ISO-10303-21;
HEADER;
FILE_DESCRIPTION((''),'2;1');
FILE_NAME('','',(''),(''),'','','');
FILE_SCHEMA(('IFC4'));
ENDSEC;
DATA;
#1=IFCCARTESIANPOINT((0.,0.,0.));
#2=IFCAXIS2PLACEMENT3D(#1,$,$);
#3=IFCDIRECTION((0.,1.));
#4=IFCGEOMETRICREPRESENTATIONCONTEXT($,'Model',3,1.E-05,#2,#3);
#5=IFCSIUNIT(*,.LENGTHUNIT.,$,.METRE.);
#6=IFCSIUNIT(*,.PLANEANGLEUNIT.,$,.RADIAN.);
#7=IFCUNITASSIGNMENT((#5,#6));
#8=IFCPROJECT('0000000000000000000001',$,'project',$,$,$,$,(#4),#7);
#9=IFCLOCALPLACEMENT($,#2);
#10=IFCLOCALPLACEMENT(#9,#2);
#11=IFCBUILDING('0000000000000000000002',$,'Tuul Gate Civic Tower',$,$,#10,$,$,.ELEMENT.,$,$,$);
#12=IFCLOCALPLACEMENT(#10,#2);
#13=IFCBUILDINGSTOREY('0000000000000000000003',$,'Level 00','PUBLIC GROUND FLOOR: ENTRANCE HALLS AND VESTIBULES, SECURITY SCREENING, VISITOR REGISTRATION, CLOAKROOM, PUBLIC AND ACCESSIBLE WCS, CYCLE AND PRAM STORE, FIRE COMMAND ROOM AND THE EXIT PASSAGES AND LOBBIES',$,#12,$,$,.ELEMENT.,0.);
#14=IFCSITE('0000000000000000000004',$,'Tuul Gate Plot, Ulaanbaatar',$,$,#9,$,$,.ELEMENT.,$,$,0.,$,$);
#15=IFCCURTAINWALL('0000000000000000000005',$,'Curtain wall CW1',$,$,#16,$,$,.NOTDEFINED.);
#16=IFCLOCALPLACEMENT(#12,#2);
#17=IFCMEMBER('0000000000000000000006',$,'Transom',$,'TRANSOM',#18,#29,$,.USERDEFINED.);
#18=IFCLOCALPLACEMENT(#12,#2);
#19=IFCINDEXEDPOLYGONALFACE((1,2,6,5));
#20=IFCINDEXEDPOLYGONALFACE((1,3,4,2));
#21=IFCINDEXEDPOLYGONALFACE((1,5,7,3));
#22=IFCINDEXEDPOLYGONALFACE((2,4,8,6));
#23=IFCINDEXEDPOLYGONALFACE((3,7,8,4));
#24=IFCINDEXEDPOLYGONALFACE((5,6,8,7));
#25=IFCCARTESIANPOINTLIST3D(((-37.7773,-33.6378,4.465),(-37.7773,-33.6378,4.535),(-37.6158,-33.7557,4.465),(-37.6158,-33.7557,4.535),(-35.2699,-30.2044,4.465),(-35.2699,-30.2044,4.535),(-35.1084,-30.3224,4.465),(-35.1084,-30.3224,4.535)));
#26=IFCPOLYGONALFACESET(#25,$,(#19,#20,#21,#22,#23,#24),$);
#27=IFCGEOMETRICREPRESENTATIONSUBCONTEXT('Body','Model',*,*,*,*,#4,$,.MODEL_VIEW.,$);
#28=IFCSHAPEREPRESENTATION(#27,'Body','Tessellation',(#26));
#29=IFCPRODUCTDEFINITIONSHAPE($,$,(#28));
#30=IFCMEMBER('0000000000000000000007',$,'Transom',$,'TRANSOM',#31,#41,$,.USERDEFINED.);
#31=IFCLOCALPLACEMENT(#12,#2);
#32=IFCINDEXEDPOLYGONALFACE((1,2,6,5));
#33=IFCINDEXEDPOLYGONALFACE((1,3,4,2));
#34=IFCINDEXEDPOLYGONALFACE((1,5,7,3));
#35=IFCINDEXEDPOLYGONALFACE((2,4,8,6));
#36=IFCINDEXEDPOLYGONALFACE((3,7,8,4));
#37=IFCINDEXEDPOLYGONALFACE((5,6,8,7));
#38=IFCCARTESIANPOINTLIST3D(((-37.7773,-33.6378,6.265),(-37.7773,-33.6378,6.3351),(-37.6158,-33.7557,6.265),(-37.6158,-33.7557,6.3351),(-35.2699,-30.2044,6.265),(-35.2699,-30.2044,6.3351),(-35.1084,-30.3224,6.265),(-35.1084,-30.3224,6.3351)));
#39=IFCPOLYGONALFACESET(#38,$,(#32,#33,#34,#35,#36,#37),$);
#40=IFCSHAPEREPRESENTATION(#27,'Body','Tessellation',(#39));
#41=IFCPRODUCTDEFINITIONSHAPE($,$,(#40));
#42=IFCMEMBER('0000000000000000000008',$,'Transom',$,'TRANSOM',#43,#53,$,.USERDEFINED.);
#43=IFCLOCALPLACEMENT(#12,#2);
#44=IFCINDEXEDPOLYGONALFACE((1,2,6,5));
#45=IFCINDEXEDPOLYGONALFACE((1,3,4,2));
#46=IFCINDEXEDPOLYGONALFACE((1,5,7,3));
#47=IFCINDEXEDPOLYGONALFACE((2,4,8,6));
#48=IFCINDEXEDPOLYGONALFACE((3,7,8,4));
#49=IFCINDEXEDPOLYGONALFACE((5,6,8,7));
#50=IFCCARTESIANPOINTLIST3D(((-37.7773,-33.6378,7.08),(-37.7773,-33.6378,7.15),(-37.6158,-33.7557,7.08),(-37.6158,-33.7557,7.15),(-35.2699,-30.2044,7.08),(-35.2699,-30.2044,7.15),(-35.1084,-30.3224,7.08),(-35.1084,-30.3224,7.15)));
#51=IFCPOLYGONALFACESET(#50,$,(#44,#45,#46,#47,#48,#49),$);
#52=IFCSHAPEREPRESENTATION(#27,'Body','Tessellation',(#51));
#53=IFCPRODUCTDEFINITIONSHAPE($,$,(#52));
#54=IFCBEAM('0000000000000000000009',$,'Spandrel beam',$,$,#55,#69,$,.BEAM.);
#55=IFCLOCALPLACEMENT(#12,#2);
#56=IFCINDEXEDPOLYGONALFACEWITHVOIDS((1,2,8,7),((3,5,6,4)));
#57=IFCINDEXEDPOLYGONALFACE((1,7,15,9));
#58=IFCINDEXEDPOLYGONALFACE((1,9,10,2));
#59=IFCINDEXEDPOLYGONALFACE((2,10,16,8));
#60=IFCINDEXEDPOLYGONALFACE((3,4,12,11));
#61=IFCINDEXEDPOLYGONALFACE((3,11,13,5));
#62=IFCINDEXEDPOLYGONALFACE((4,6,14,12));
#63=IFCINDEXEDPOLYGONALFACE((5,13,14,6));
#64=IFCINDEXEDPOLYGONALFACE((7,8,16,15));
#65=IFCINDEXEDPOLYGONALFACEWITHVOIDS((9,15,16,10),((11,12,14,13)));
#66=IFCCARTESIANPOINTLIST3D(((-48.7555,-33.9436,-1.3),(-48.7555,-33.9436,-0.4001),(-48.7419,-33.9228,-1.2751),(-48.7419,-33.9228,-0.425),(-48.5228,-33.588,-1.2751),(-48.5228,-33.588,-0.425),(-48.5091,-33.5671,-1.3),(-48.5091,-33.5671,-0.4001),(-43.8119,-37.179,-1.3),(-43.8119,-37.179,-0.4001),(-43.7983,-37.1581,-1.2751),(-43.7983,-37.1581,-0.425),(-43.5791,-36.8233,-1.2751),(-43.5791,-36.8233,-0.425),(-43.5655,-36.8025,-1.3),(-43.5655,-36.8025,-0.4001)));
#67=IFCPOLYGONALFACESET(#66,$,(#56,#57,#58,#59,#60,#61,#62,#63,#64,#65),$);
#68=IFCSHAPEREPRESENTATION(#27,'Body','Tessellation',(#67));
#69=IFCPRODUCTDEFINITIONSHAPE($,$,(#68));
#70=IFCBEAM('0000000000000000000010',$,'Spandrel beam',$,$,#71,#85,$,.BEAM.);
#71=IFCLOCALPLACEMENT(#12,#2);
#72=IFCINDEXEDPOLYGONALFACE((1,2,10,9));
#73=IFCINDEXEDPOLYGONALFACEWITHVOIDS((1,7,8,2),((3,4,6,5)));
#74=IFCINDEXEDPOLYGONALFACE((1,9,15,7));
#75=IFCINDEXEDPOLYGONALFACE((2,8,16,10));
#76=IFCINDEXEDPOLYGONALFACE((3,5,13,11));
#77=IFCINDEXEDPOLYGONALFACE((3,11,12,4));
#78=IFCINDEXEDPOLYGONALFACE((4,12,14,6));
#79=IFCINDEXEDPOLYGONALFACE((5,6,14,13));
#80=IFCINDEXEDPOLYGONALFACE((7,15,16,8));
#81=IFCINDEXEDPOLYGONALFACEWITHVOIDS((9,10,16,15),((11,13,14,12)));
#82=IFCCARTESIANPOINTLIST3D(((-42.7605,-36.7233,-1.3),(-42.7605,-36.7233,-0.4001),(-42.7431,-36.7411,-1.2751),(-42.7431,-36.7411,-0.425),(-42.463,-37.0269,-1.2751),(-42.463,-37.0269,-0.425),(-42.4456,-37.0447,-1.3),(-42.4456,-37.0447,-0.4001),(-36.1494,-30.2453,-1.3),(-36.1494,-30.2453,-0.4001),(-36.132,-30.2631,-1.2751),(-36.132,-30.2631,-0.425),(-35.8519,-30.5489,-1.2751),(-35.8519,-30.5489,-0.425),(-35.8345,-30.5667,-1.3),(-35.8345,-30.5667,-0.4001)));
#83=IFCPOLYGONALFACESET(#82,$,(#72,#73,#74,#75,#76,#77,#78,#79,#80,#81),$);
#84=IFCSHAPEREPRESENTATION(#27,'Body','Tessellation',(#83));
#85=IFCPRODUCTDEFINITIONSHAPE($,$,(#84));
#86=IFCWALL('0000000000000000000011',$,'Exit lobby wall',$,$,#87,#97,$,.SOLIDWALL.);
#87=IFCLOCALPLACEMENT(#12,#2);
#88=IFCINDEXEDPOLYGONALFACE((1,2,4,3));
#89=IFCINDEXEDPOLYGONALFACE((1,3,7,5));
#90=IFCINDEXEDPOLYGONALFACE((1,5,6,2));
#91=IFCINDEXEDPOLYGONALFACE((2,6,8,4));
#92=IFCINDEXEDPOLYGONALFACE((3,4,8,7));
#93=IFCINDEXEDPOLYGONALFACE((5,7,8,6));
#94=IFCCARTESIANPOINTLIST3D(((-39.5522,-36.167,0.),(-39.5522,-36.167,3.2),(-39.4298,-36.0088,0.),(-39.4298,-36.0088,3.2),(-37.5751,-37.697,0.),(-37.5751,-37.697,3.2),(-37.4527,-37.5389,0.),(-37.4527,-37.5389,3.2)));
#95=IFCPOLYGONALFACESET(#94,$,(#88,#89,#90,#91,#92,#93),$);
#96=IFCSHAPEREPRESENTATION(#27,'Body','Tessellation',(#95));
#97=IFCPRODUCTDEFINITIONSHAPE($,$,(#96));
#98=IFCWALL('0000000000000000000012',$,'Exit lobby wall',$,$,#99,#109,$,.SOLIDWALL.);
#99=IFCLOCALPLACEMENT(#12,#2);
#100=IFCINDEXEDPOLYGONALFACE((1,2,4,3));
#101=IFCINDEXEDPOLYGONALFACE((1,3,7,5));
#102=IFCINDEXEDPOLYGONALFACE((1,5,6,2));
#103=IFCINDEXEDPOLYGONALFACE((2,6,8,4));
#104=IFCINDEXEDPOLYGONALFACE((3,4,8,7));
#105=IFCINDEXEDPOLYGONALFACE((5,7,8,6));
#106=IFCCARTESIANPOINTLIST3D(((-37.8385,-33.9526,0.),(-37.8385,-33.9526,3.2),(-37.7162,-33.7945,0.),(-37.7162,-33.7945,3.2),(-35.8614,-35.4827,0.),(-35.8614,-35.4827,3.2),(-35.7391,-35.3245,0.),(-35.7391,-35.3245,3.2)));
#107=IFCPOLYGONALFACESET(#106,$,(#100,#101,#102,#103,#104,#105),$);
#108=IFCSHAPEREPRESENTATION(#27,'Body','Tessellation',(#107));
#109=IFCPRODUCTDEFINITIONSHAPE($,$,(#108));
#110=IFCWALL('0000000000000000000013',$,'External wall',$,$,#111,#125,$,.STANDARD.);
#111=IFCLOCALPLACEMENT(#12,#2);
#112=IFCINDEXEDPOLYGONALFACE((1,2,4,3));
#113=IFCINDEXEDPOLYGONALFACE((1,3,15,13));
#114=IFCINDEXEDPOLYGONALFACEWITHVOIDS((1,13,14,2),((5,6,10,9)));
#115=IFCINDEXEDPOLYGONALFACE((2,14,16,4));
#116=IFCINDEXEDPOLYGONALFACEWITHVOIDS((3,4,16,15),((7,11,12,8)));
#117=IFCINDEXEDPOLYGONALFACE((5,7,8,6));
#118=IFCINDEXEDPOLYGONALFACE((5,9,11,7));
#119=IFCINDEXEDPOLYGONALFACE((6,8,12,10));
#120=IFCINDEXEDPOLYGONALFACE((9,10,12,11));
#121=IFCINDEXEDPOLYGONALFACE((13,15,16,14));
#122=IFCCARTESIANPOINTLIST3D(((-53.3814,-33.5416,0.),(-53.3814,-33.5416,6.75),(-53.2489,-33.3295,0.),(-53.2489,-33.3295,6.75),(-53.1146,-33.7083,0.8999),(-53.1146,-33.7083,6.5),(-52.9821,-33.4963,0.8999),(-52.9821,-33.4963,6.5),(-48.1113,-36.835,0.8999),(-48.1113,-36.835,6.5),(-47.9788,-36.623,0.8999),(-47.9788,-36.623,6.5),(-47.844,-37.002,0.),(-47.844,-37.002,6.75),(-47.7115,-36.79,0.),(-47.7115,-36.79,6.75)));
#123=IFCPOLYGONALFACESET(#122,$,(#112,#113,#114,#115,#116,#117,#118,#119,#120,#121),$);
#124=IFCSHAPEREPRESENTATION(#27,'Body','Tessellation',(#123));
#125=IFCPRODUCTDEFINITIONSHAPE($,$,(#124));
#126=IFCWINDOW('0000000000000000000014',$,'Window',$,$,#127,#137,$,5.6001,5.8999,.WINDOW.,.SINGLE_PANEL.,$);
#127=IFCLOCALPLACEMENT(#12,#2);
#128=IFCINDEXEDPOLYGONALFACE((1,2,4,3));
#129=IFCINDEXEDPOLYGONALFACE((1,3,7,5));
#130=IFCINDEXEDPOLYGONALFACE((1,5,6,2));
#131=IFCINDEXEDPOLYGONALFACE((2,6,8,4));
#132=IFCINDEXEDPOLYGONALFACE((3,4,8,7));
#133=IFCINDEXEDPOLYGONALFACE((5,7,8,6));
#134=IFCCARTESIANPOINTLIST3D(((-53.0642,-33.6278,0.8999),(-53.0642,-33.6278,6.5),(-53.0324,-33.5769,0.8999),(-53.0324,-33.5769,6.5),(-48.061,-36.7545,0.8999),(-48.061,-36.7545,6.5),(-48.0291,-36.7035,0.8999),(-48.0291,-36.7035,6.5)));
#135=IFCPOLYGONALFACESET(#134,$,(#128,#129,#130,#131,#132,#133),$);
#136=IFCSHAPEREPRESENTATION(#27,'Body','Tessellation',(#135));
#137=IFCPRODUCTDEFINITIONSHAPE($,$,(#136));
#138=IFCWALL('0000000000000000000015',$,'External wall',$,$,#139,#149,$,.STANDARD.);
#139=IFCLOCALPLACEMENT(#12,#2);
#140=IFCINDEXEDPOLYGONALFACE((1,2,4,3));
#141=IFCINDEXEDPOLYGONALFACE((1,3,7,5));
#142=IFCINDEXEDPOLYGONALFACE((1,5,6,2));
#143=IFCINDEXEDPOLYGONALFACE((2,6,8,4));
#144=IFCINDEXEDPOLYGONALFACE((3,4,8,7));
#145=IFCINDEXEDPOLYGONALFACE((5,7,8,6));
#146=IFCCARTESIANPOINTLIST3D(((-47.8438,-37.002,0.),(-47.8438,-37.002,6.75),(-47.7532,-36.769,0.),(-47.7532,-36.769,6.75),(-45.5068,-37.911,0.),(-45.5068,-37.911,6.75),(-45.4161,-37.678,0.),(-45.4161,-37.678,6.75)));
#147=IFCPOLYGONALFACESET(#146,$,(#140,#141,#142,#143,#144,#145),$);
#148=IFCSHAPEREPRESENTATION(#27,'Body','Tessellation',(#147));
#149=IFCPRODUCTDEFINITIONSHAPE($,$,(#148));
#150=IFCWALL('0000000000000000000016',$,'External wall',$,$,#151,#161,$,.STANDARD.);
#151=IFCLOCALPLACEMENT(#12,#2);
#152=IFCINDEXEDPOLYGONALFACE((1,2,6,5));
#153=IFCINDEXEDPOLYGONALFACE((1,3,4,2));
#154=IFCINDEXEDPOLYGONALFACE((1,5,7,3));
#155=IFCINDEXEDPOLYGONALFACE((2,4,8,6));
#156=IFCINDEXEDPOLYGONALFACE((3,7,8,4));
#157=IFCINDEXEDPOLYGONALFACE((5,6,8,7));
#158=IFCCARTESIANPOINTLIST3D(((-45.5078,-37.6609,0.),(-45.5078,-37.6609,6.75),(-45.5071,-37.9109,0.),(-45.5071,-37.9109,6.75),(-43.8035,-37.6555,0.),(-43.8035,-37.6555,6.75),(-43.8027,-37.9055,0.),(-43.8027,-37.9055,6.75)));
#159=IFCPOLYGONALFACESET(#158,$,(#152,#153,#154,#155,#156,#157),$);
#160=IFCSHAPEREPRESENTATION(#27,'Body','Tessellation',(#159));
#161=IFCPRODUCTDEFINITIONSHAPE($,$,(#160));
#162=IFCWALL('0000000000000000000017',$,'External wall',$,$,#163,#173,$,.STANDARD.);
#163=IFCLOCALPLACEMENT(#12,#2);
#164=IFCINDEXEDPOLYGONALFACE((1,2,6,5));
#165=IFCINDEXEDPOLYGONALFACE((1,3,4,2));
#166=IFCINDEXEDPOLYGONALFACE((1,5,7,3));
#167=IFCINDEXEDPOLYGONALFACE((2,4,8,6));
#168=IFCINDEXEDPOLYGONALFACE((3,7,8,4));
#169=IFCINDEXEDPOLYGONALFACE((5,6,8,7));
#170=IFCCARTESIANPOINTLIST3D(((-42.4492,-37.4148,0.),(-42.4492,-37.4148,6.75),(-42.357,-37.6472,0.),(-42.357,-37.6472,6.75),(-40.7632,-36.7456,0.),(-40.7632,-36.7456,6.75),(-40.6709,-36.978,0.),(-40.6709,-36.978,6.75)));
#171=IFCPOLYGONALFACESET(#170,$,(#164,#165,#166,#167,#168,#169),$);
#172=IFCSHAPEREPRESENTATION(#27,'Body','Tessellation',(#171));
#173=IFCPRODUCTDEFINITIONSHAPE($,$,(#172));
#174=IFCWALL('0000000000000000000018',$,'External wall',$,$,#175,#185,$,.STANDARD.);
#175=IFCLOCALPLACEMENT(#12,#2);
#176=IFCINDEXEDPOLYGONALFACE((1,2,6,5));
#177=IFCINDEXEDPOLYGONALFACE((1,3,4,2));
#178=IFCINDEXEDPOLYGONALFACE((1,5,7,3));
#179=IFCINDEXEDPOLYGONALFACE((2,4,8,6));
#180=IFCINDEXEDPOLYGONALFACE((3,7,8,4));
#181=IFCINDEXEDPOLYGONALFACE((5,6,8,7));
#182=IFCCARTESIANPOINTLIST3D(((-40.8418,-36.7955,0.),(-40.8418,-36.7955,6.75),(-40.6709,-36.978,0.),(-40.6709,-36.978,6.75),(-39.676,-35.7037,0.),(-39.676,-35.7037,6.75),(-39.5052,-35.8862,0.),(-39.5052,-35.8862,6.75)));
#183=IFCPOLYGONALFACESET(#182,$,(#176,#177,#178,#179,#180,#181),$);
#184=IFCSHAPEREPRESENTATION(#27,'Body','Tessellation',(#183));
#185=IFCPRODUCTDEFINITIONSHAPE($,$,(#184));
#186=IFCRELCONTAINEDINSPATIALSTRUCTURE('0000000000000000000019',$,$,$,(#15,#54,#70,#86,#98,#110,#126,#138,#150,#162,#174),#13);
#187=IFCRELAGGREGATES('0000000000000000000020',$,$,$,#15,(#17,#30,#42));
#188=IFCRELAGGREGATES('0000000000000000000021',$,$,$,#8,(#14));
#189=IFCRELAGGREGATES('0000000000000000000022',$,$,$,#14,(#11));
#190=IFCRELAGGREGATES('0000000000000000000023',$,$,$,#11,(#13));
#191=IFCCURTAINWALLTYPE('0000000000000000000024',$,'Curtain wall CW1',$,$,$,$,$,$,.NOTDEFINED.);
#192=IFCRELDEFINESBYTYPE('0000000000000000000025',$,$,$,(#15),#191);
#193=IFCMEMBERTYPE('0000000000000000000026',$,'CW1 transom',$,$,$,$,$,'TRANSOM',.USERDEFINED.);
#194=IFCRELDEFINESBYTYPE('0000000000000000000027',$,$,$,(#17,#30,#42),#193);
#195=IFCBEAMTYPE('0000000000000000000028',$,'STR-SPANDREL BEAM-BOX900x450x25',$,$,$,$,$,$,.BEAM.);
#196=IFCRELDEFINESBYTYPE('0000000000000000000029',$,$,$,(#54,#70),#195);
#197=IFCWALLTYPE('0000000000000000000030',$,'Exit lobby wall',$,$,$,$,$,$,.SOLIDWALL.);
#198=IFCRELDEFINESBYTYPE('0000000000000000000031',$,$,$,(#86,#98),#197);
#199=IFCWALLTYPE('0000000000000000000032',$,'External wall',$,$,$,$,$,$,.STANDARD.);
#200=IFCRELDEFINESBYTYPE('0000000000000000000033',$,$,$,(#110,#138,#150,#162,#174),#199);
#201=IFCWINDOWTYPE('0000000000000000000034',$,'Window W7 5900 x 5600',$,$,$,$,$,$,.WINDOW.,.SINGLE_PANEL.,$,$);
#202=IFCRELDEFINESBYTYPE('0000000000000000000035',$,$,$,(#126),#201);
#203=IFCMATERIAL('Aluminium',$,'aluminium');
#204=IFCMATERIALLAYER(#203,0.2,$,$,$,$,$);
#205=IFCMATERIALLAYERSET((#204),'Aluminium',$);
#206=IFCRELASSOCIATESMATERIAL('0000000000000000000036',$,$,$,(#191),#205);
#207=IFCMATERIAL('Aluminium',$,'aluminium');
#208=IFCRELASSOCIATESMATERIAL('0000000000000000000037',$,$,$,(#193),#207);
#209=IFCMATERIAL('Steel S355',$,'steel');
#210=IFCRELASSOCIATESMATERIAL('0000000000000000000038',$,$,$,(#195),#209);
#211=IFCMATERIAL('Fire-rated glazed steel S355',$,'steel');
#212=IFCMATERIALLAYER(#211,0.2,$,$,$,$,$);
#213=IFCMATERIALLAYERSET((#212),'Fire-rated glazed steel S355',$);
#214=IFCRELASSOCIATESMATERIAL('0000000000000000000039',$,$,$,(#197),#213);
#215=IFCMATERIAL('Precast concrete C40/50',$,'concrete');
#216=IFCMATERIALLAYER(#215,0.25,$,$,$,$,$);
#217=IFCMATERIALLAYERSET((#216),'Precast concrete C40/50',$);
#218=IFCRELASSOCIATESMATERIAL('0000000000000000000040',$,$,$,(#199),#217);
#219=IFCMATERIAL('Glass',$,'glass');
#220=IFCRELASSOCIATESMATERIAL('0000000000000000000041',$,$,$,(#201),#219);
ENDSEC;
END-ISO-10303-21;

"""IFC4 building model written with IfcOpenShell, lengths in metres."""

from ifc_helpers import new_model, si_unit, direction, frame, frame_2d, origin, origin_2d, place, context, subcontext, project, spatial, rectangle, hollow_rectangle, extrude, material, layer, layer_set, material_profile, profile_set, type_object, element, fill, aggregate, save


model = new_model("IFC4")

# Units and contexts
model_context = context("Model", 3, precision=1e-05, world=origin(), true_north=direction((0.0, 1.0)))
body_context = subcontext(model_context, "Body", "Model", "MODEL_VIEW")
ifc_project = project(units=[si_unit("LENGTHUNIT", "METRE"), si_unit("PLANEANGLEUNIT", "RADIAN")], contexts=[model_context])

# Site, building, storey
site_placement = place(None, origin())
site = spatial("IfcSite", under=ifc_project, at=site_placement, Name="Tuul Gate Plot, Ulaanbaatar", CompositionType="ELEMENT", RefElevation=0.0)
building_placement = place(site_placement, origin())
building = spatial("IfcBuilding", under=site, at=building_placement, Name="Tuul Gate Civic Tower", CompositionType="ELEMENT")
storey_placement = place(building_placement, origin())
storey = spatial("IfcBuildingStorey", under=building, at=storey_placement, Name="Level 00", Description="PUBLIC GROUND FLOOR: ENTRANCE HALLS AND VESTIBULES, SECURITY SCREENING, VISITOR REGISTRATION, CLOAKROOM, PUBLIC AND ACCESSIBLE WCS, CYCLE AND PRAM STORE, FIRE COMMAND ROOM AND THE EXIT PASSAGES AND LOBBIES", CompositionType="ELEMENT", Elevation=0.0)

# Curtain wall, members
ifc_material_1 = material(Name="Aluminium", Category="aluminium")
ifc_layer_1 = layer(ifc_material_1, 0.2)
ifc_layer_set_1 = layer_set([ifc_layer_1], Name="Aluminium")
curtain_wall_type = type_object("IfcCurtainWallType", Name="Curtain wall CW1", PredefinedType="NOTDEFINED", material=ifc_layer_set_1)
curtain_wall_placement = place(storey_placement, origin())
curtain_wall = element("IfcCurtainWall", 1, at=curtain_wall_placement, inside=storey, type_object=curtain_wall_type, Name="Curtain wall CW1", PredefinedType="NOTDEFINED")
ifc_material_2 = material(Name="Aluminium", Category="aluminium")
ifc_material_profile_1 = material_profile(ifc_material_2, rectangle(XDim=0.2, YDim=0.0701, at=origin_2d()), Name="CW1 transom")
ifc_profile_set_1 = profile_set([ifc_material_profile_1], Name="Aluminium")
member_type_1 = type_object("IfcMemberType", Name="CW1 transom", ElementType="TRANSOM", PredefinedType="USERDEFINED", material=ifc_profile_set_1)
member_1_placement = place(storey_placement, frame((-37.6965, -33.6968, 4.5), z_axis=(0.589762, 0.807577, 0.0), x_axis=(-0.807577, 0.589762, 0.0)))
member_1 = element("IfcMember", 2, at=member_1_placement, type_object=member_type_1, Name="Transom", ObjectType="TRANSOM", PredefinedType="USERDEFINED", context=body_context, shape_type="SweptSolid", body=[
    extrude(rectangle(XDim=0.2, YDim=0.0701, at=origin_2d()), origin(), (0.0, 0.0, 1.0), 4.2515),
])
member_2_placement = place(storey_placement, frame((-37.6965, -33.6968, 6.3), z_axis=(0.589762, 0.807577, 0.0), x_axis=(-0.807577, 0.589762, 0.0)))
member_2 = element("IfcMember", 3, at=member_2_placement, type_object=member_type_1, Name="Transom", ObjectType="TRANSOM", PredefinedType="USERDEFINED", context=body_context, shape_type="SweptSolid", body=[
    extrude(rectangle(XDim=0.2, YDim=0.0701, at=origin_2d()), origin(), (0.0, 0.0, 1.0), 4.2515),
])
member_3_placement = place(storey_placement, frame((-37.6965, -33.6968, 7.115), z_axis=(0.589762, 0.807577, 0.0), x_axis=(-0.807577, 0.589762, 0.0)))
member_3 = element("IfcMember", 4, at=member_3_placement, type_object=member_type_1, Name="Transom", ObjectType="TRANSOM", PredefinedType="USERDEFINED", context=body_context, shape_type="SweptSolid", body=[
    extrude(rectangle(XDim=0.2, YDim=0.0701, at=origin_2d()), origin(), (0.0, 0.0, 1.0), 4.2515),
])
aggregate(curtain_wall, [member_1, member_2, member_3])

# Beams
ifc_material_3 = material(Name="Steel S355", Category="steel")
ifc_material_profile_2 = material_profile(ifc_material_3, hollow_rectangle(XDim=0.45, YDim=0.8999, WallThickness=0.0249, at=origin_2d()), Name="BOX900x450x25")
ifc_profile_set_2 = profile_set([ifc_material_profile_2], Name="Steel S355")
beam_type = type_object("IfcBeamType", Name="STR-SPANDREL BEAM-BOX900x450x25", PredefinedType="BEAM", material=ifc_profile_set_2)
beam_1_placement = place(storey_placement, frame((-48.6323, -33.7554, -0.8501), z_axis=(0.836737, -0.547604, 0.0), x_axis=(0.547604, 0.836737, 0.0)))
element("IfcBeam", 5, at=beam_1_placement, inside=storey, type_object=beam_type, Name="Spandrel beam", PredefinedType="BEAM", context=body_context, shape_type="SweptSolid", body=[
    extrude(hollow_rectangle(XDim=0.45, YDim=0.8999, WallThickness=0.0249, at=origin_2d()), origin(), (0.0, 0.0, 1.0), 5.9082),
])
beam_2_placement = place(storey_placement, frame((-42.603, -36.884, -0.8501), z_axis=(0.714258, 0.699883, 0.0), x_axis=(-0.699883, 0.714258, 0.0)))
element("IfcBeam", 6, at=beam_2_placement, inside=storey, type_object=beam_type, Name="Spandrel beam", PredefinedType="BEAM", context=body_context, shape_type="SweptSolid", body=[
    extrude(hollow_rectangle(XDim=0.45, YDim=0.8999, WallThickness=0.0249, at=origin_2d()), origin(), (0.0, 0.0, 1.0), 9.2559),
])

# Walls
ifc_material_4 = material(Name="Fire-rated glazed steel S355", Category="steel")
ifc_layer_2 = layer(ifc_material_4, 0.2)
ifc_layer_set_2 = layer_set([ifc_layer_2], Name="Fire-rated glazed steel S355")
wall_type_1 = type_object("IfcWallType", Name="Exit lobby wall", PredefinedType="SOLIDWALL", material=ifc_layer_set_2)
for number, where, z_axis, x_axis, name in (
    (7, (-39.491, -36.0879, 0.0), (0.0, 0.0, 1.0), (0.790838, -0.612025, 0.0), "Exit lobby wall"),
    (8, (-37.7773, -33.8735, 0.0), (0.0, 0.0, 1.0), (0.790838, -0.612025, 0.0), "Exit lobby wall"),
):
    element("IfcWall", number, at=place(storey_placement, frame(where, z_axis=z_axis, x_axis=x_axis)), inside=storey, type_object=wall_type_1, Name=name, PredefinedType="SOLIDWALL", context=body_context, shape_type="SweptSolid", body=[
        extrude(rectangle(XDim=2.5, YDim=0.2, at=frame_2d((1.25, 0.0))), origin(), (0.0, 0.0, 1.0), 3.2),
    ])

# Wall, opening, window
ifc_material_5 = material(Name="Precast concrete C40/50", Category="concrete")
ifc_layer_3 = layer(ifc_material_5, 0.25)
ifc_layer_set_3 = layer_set([ifc_layer_3], Name="Precast concrete C40/50")
wall_type_2 = type_object("IfcWallType", Name="External wall", PredefinedType="STANDARD", material=ifc_layer_set_3)
wall_1_placement = place(storey_placement, frame((-53.3152, -33.4355, 0.0), z_axis=(0.0, 0.0, 1.0), x_axis=(0.848026, -0.529955, 0.0)))
wall_1 = element("IfcWall", 9, at=wall_1_placement, inside=storey, type_object=wall_type_2, Name="External wall", PredefinedType="STANDARD", context=body_context, shape_type="SweptSolid", body=[
    extrude(rectangle(XDim=6.5298, YDim=0.25, at=frame_2d((3.2649, 0.0))), origin(), (0.0, 0.0, 1.0), 6.75),
])
opening_1_placement = place(wall_1_placement, frame((0.3147, 0.0, 0.8999)))
opening_1 = element("IfcOpeningElement", 10, at=opening_1_placement, cuts=wall_1, PredefinedType="OPENING", context=body_context, shape_type="SweptSolid", body=[
    extrude(rectangle(XDim=5.8999, YDim=5.6001, at=frame_2d((2.95, 2.8))), frame((0.0, 0.135, 0.0), z_axis=(0.0, -1.0, 0.0), x_axis=(1.0, 0.0, 0.0)), (0.0, 0.0, 1.0), 0.27),
])
ifc_material_6 = material(Name="Glass", Category="glass")
window_type = type_object("IfcWindowType", Name="Window W7 5900 x 5600", PartitioningType="SINGLE_PANEL", PredefinedType="WINDOW", material=ifc_material_6)
window_placement = place(opening_1_placement, origin())
window = element("IfcWindow", 11, at=window_placement, inside=storey, type_object=window_type, Name="Window", OverallHeight=5.6001, OverallWidth=5.8999, PartitioningType="SINGLE_PANEL", PredefinedType="WINDOW", context=body_context, shape_type="SweptSolid", body=[
    extrude(rectangle(XDim=5.8999, YDim=5.6001, at=frame_2d((2.95, 2.8))), frame((0.0, 0.03, 0.0), z_axis=(0.0, -1.0, 0.0), x_axis=(1.0, 0.0, 0.0)), (0.0, 0.0, 1.0), 0.0601),
])
fill(opening_1, window)

# Walls
wall_2_placement = place(storey_placement, frame((-47.7986, -36.8855, 0.0), z_axis=(0.0, 0.0, 1.0), x_axis=(0.931986, -0.362493, 0.0)))
element("IfcWall", 12, at=wall_2_placement, inside=storey, type_object=wall_type_2, Name="External wall", PredefinedType="STANDARD", context=body_context, shape_type="SweptSolid", body=[
    extrude(rectangle(XDim=2.5076, YDim=0.25, at=frame_2d((1.2539, 0.0))), origin(), (0.0, 0.0, 1.0), 6.75),
])
wall_3_placement = place(storey_placement, frame((-45.5073, -37.7859, 0.0), z_axis=(0.0, 0.0, 1.0), x_axis=(0.999995, 0.003151, 0.0)))
element("IfcWall", 13, at=wall_3_placement, inside=storey, type_object=wall_type_2, Name="External wall", PredefinedType="STANDARD", context=body_context, shape_type="SweptSolid", body=[
    extrude(rectangle(XDim=1.7043, YDim=0.25, at=frame_2d((0.8521, 0.0))), origin(), (0.0, 0.0, 1.0), 6.75),
])
wall_4_placement = place(storey_placement, frame((-42.4031, -37.531, 0.0), z_axis=(0.0, 0.0, 1.0), x_axis=(0.929467, 0.368906, 0.0)))
element("IfcWall", 14, at=wall_4_placement, inside=storey, type_object=wall_type_2, Name="External wall", PredefinedType="STANDARD", context=body_context, shape_type="SweptSolid", body=[
    extrude(rectangle(XDim=1.814, YDim=0.25, at=frame_2d((0.907, 0.0))), origin(), (0.0, 0.0, 1.0), 6.75),
])
wall_5_placement = place(storey_placement, frame((-40.7563, -36.8867, 0.0), z_axis=(0.0, 0.0, 1.0), x_axis=(0.729885, 0.68357, 0.0)))
element("IfcWall", 15, at=wall_5_placement, inside=storey, type_object=wall_type_2, Name="External wall", PredefinedType="STANDARD", context=body_context, shape_type="SweptSolid", body=[
    extrude(rectangle(XDim=1.5972, YDim=0.25, at=frame_2d((0.7986, 0.0))), origin(), (0.0, 0.0, 1.0), 6.75),
])

save(model, "model.ifc")
